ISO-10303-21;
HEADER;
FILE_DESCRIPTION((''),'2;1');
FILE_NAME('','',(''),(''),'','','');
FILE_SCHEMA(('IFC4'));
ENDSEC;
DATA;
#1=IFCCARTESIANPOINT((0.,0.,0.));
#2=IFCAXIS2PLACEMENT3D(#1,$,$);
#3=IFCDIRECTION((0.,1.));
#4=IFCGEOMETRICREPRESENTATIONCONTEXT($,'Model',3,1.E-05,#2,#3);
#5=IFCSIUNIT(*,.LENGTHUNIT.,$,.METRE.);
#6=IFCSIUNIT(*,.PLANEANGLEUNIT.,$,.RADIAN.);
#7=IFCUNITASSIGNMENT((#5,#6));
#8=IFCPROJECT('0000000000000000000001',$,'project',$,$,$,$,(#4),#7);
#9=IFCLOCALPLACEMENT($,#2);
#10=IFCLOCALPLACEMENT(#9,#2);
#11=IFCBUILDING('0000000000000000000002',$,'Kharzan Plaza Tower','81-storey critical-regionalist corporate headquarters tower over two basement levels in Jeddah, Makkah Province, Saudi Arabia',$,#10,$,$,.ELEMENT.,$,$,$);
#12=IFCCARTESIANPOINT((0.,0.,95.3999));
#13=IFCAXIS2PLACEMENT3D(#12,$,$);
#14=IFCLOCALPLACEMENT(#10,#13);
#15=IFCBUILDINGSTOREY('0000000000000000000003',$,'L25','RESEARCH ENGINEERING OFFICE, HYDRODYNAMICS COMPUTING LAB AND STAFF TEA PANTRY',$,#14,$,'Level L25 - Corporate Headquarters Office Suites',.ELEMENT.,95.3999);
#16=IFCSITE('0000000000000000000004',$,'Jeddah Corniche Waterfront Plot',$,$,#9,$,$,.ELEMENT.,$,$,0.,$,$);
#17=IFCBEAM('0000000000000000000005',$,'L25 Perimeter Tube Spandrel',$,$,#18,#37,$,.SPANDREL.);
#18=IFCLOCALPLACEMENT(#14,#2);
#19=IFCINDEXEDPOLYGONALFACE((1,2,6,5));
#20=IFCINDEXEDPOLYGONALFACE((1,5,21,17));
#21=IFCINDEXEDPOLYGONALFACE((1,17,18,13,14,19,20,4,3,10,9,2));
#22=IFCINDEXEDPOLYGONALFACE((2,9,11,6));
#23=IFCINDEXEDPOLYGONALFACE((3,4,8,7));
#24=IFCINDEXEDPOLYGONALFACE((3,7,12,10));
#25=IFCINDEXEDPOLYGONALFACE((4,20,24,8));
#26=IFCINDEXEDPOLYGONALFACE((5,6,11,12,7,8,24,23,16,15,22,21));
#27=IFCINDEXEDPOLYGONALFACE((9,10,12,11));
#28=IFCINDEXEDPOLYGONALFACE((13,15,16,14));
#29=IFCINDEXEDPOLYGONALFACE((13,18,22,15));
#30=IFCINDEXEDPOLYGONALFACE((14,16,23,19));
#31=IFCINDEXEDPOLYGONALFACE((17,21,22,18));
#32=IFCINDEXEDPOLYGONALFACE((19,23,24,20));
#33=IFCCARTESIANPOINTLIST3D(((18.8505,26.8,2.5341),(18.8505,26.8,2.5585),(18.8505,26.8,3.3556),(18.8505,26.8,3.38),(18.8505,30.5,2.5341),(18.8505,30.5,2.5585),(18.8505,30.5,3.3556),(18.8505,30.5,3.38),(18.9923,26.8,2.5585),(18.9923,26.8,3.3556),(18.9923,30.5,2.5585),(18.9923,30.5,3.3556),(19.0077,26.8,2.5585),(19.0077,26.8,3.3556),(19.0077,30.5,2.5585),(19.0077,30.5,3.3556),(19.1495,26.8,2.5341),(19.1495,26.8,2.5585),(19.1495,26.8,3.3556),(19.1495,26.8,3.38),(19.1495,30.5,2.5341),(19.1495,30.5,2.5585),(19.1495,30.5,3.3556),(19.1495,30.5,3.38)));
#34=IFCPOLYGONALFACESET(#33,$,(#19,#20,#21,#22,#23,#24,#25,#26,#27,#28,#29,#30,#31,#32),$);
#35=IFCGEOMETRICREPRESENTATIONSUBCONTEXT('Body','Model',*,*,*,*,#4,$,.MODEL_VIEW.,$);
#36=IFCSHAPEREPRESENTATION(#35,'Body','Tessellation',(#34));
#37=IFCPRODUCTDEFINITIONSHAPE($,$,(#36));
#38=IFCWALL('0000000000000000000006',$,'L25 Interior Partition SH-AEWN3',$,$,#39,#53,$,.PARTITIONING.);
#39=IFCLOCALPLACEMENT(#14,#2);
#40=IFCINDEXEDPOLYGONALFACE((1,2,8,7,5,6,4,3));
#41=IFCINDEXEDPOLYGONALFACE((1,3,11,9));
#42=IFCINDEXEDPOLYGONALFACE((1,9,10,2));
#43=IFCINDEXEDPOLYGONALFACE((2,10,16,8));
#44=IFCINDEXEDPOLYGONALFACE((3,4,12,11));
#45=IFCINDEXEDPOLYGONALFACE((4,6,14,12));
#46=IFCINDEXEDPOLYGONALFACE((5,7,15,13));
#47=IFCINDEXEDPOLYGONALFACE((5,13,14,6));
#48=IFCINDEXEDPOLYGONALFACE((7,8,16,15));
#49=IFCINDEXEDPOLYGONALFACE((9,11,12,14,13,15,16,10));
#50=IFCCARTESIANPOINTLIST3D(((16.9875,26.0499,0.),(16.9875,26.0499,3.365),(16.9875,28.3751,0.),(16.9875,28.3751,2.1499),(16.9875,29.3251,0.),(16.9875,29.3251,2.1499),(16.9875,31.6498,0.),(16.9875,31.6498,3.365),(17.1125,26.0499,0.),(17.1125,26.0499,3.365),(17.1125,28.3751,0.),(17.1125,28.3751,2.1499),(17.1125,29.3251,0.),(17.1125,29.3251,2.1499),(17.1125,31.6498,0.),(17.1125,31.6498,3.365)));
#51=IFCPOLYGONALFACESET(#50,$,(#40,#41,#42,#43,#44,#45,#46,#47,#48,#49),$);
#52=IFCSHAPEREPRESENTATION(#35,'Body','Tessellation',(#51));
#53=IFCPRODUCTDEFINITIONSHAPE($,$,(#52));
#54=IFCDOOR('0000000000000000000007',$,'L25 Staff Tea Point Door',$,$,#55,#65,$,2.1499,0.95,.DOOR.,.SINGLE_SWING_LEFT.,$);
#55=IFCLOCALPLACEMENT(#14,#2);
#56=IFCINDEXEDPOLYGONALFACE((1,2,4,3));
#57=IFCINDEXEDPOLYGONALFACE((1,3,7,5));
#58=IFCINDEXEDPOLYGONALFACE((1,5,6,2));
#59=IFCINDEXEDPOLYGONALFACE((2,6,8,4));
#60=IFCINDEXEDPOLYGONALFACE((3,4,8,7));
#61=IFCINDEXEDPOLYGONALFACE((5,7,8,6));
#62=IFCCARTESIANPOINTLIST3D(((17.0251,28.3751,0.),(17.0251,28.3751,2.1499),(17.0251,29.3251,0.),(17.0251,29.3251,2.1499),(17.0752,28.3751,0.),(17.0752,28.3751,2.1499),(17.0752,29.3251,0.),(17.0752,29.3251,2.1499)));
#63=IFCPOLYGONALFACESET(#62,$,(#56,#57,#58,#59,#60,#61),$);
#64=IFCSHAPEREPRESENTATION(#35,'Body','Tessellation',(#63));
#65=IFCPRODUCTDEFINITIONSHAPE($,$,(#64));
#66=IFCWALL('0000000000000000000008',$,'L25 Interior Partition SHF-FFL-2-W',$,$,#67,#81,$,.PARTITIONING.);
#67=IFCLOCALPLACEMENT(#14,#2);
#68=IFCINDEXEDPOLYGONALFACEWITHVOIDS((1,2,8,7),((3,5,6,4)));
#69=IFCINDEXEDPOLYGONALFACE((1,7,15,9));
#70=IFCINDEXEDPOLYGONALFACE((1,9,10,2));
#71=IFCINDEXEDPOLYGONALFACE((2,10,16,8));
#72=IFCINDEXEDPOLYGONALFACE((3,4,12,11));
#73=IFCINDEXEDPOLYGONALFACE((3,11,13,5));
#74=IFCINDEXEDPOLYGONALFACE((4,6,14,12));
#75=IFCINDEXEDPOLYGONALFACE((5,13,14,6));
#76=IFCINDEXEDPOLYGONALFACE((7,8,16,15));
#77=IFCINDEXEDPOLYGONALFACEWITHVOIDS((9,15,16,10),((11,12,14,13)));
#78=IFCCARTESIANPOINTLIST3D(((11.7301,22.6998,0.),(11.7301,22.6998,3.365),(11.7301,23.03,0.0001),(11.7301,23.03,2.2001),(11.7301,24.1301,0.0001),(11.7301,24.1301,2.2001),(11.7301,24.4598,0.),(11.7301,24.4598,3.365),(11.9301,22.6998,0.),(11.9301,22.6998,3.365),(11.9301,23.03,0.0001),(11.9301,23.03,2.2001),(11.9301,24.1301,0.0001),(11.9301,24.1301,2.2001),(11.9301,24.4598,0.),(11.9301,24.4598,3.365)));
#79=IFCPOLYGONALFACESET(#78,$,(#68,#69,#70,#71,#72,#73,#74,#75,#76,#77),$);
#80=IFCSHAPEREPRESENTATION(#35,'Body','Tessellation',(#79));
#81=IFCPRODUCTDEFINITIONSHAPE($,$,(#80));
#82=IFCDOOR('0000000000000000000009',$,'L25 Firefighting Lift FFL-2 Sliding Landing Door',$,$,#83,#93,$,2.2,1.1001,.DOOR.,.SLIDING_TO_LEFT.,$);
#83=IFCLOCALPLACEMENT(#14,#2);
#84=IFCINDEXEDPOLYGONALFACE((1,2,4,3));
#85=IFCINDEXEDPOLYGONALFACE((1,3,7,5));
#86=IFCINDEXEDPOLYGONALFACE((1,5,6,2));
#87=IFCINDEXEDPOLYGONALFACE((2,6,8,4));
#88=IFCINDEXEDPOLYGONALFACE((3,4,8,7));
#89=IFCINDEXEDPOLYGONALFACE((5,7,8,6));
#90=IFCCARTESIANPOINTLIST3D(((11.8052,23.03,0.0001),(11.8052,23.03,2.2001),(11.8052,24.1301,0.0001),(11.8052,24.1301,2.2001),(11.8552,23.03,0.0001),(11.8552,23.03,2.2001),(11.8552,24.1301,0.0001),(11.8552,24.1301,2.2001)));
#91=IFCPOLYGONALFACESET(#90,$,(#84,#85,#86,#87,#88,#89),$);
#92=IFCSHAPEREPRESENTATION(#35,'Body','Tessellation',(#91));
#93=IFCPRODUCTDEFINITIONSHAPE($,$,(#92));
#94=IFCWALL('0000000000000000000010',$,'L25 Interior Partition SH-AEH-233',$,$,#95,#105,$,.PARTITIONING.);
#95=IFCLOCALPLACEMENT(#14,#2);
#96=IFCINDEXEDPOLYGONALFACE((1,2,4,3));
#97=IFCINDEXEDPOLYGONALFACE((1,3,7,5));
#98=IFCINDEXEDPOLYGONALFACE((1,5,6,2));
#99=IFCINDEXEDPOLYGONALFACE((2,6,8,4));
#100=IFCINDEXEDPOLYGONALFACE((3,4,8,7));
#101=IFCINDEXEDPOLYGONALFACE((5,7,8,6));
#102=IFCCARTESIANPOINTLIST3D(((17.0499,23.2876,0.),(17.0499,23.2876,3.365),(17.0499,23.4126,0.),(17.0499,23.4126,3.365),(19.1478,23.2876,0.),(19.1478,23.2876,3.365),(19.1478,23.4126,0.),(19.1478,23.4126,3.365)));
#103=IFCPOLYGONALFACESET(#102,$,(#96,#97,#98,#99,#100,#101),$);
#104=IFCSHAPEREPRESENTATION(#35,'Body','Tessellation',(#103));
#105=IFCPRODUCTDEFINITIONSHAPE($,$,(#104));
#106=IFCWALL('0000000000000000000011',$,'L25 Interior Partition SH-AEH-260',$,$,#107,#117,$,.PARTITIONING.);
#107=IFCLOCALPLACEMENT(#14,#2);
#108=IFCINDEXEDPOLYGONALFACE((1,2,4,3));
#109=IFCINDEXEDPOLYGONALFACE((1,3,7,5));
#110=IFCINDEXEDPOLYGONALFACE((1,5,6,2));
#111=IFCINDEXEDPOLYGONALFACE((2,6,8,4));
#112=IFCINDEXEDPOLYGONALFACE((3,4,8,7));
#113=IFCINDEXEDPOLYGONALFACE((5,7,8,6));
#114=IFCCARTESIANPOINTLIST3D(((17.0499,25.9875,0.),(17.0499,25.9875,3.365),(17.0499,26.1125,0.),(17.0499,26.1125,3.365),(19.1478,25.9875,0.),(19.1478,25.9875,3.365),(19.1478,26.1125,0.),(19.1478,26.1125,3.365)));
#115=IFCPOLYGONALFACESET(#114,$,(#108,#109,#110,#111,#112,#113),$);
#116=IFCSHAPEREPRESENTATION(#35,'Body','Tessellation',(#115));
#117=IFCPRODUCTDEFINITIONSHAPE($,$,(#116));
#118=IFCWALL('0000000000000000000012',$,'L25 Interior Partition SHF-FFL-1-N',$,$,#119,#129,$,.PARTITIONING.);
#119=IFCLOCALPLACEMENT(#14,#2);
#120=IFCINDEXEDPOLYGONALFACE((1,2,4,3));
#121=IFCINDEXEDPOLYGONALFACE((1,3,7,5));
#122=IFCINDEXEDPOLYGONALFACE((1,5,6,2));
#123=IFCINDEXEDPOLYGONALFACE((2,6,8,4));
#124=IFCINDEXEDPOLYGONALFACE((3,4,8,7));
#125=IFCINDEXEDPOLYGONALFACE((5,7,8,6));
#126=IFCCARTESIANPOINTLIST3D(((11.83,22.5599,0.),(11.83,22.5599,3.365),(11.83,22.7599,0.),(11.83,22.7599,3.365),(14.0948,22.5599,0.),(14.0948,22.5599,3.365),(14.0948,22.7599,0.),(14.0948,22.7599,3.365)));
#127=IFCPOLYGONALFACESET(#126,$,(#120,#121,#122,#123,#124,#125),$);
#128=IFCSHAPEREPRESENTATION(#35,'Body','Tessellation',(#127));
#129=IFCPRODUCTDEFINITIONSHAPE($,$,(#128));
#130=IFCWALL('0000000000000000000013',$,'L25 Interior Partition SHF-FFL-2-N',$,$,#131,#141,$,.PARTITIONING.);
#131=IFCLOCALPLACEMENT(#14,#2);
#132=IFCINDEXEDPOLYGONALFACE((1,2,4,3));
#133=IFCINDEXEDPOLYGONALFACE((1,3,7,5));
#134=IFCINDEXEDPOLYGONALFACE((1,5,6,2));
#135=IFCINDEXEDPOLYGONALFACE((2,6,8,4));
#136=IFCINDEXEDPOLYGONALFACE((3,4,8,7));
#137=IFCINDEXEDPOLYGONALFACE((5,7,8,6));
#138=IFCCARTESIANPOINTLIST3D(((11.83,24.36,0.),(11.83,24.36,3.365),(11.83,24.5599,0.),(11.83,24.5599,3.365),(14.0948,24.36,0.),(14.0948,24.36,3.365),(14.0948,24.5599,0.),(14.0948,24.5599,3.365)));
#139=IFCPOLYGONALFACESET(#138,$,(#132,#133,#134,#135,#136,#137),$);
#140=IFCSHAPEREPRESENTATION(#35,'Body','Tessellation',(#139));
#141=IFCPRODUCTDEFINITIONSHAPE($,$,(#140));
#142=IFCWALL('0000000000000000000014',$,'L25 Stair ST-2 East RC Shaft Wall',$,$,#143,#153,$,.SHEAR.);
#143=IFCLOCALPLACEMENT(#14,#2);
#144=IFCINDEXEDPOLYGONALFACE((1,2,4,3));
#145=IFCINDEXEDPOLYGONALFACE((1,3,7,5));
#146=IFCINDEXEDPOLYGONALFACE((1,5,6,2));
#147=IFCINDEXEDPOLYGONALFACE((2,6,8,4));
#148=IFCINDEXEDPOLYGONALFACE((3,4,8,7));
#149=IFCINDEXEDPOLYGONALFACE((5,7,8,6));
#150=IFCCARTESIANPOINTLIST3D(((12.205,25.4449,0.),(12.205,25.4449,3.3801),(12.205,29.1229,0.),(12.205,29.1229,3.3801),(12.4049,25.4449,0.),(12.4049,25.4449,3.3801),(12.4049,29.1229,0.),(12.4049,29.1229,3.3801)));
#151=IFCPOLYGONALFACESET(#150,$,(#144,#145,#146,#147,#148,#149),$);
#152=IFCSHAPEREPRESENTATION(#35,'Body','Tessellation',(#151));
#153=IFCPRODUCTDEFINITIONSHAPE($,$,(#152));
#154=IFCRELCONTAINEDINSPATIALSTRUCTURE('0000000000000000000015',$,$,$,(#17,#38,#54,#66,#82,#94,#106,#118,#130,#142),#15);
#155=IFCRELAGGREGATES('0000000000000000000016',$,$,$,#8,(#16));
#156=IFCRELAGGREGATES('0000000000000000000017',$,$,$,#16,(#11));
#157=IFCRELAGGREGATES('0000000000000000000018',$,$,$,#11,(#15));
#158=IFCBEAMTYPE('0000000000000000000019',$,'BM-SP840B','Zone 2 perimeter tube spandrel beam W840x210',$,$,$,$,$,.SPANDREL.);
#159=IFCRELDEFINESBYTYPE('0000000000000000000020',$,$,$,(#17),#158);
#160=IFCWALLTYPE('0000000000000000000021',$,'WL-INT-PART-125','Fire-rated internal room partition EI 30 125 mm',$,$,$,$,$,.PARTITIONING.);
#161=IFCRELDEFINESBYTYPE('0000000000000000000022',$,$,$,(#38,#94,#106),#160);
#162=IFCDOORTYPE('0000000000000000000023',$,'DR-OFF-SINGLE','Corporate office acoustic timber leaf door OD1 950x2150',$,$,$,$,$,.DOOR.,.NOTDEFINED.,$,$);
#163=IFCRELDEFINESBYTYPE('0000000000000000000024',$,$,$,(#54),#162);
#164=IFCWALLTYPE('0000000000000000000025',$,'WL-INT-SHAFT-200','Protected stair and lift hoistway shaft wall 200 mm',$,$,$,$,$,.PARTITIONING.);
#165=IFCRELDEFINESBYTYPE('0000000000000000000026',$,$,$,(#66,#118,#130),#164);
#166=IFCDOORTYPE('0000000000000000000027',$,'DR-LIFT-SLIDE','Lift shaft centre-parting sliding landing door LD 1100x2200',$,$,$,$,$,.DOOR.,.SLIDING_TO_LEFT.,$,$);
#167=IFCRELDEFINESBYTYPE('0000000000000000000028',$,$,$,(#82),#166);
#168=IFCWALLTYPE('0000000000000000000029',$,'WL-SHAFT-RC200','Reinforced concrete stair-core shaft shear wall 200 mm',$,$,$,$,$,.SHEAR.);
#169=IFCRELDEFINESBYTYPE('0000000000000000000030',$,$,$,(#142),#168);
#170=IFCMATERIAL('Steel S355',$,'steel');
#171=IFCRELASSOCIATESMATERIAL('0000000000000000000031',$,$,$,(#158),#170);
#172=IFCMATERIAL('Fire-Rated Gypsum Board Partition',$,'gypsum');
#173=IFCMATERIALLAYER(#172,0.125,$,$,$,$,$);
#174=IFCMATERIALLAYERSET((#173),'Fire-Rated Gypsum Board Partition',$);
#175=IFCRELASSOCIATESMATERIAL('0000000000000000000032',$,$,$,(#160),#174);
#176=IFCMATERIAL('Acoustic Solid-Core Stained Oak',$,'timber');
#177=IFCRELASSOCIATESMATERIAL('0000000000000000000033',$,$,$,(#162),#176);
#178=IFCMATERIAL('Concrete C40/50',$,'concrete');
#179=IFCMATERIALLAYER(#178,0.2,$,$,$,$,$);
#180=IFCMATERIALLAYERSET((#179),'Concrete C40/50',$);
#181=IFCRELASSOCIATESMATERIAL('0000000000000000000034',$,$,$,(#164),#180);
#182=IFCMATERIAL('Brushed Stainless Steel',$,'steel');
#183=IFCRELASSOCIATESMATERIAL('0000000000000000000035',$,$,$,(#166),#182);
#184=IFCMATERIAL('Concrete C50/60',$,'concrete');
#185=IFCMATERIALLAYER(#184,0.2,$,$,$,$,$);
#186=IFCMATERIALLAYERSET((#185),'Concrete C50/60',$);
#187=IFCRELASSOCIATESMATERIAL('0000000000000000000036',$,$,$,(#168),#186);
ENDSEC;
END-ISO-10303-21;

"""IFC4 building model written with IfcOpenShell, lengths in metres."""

from ifc_helpers import new_model, si_unit, direction, frame, frame_2d, origin, origin_2d, place, context, subcontext, project, spatial, rectangle, i_section, extrude, source, transform, mapped, material, layer, layer_set, material_profile, profile_set, type_object, element, fill, save


model = new_model("IFC4")

# Units and contexts
model_context = context("Model", 3, precision=1e-05, world=origin(), true_north=direction((0.0, 1.0)))
body_context = subcontext(model_context, "Body", "Model", "MODEL_VIEW")
ifc_project = project(units=[si_unit("LENGTHUNIT", "METRE"), si_unit("PLANEANGLEUNIT", "RADIAN")], contexts=[model_context])

# Site, building, storey
site_placement = place(None, origin())
site = spatial("IfcSite", under=ifc_project, at=site_placement, Name="Jeddah Corniche Waterfront Plot", CompositionType="ELEMENT", RefElevation=0.0)
building_placement = place(site_placement, origin())
building = spatial("IfcBuilding", under=site, at=building_placement, Name="Kharzan Plaza Tower", Description="81-storey critical-regionalist corporate headquarters tower over two basement levels in Jeddah, Makkah Province, Saudi Arabia", CompositionType="ELEMENT")
storey_placement = place(building_placement, frame((0.0, 0.0, 95.3999)))
storey = spatial("IfcBuildingStorey", under=building, at=storey_placement, Name="L25", Description="RESEARCH ENGINEERING OFFICE, HYDRODYNAMICS COMPUTING LAB AND STAFF TEA PANTRY", LongName="Level L25 - Corporate Headquarters Office Suites", CompositionType="ELEMENT", Elevation=95.3999)

# Beam
ifc_material_1 = material(Name="Steel S355", Category="steel")
ifc_material_profile_1 = material_profile(ifc_material_1, i_section(OverallWidth=0.2991, OverallDepth=0.8459, WebThickness=0.0154, FlangeThickness=0.0244, at=origin_2d()), Name="W840x210")
ifc_profile_set_1 = profile_set([ifc_material_profile_1], Name="Steel S355")
beam_type_1 = type_object("IfcBeamType", Name="BM-SP840B", Description="Zone 2 perimeter tube spandrel beam W840x210", PredefinedType="SPANDREL", material=ifc_profile_set_1)
shared_shape_1 = source(origin(), body_context, "Body", "SweptSolid", [
    extrude(i_section(OverallWidth=0.2991, OverallDepth=0.8459, WebThickness=0.0154, FlangeThickness=0.0244, at=origin_2d()), origin(), (0.0, 0.0, 1.0), 3.7),
])
beam_1_placement = place(storey_placement, frame((19.0, 26.8, 2.957), z_axis=(0.0, 1.0, 0.0), x_axis=(-1.0, 0.0, 0.0)))
element("IfcBeam", 1, at=beam_1_placement, inside=storey, type_object=beam_type_1, Name="L25 Perimeter Tube Spandrel", PredefinedType="SPANDREL", context=body_context, shape_type="MappedRepresentation", body=[
    mapped(shared_shape_1, transform((0.0, 0.0, 0.0), x_axis=(1.0, 0.0, 0.0), y_axis=(0.0, 1.0, 0.0), z_axis=(0.0, 0.0, 1.0))),
])

# Walls, openings, doors
ifc_material_2 = material(Name="Concrete C40/50", Category="concrete")
ifc_material_3 = material(Name="Fire-Rated Gypsum Board Partition", Category="gypsum")
ifc_layer_1 = layer(ifc_material_3, 0.125)
ifc_layer_set_1 = layer_set([ifc_layer_1], Name="Fire-Rated Gypsum Board Partition")
wall_type_1 = type_object("IfcWallType", Name="WL-INT-PART-125", Description="Fire-rated internal room partition EI 30 125 mm", PredefinedType="PARTITIONING", material=ifc_layer_set_1)
wall_1_placement = place(storey_placement, frame((17.05, 26.05, 0.0), z_axis=(0.0, 0.0, 1.0), x_axis=(0.0, 1.0, 0.0)))
wall_1 = element("IfcWall", 2, at=wall_1_placement, inside=storey, type_object=wall_type_1, Name="L25 Interior Partition SH-AEWN3", PredefinedType="PARTITIONING", context=body_context, shape_type="SweptSolid", body=[
    extrude(rectangle(XDim=5.5999, YDim=0.125, at=frame_2d((2.7998, 0.0))), origin(), (0.0, 0.0, 1.0), 3.365),
])
opening_1_placement = place(wall_1_placement, frame((2.325, 0.0, 0.0)))
opening_1 = element("IfcOpeningElement", 3, at=opening_1_placement, cuts=wall_1, PredefinedType="OPENING", context=body_context, shape_type="SweptSolid", body=[
    extrude(rectangle(XDim=0.95, YDim=2.1499, at=frame_2d((0.4751, 1.075))), frame((0.0, 0.0725, 0.0), z_axis=(0.0, -1.0, 0.0), x_axis=(1.0, 0.0, 0.0)), (0.0, 0.0, 1.0), 0.145),
])
ifc_material_4 = material(Name="Acoustic Solid-Core Stained Oak", Category="timber")
door_type_1 = type_object("IfcDoorType", Name="DR-OFF-SINGLE", Description="Corporate office acoustic timber leaf door OD1 950x2150", OperationType="NOTDEFINED", PredefinedType="DOOR", material=ifc_material_4)
shared_shape_2 = source(origin(), body_context, "Body", "SweptSolid", [
    extrude(rectangle(XDim=0.95, YDim=2.1499, at=frame_2d((0.4751, 1.075))), frame((0.0, 0.0249, 0.0), z_axis=(0.0, -1.0, 0.0), x_axis=(1.0, 0.0, 0.0)), (0.0, 0.0, 1.0), 0.05),
])
door_1_placement = place(opening_1_placement, origin())
door_1 = element("IfcDoor", 4, at=door_1_placement, inside=storey, type_object=door_type_1, Name="L25 Staff Tea Point Door", OperationType="SINGLE_SWING_LEFT", OverallHeight=2.1499, OverallWidth=0.95, PredefinedType="DOOR", context=body_context, shape_type="MappedRepresentation", body=[
    mapped(shared_shape_2, transform((0.0, 0.0, 0.0), x_axis=(1.0, 0.0, 0.0), y_axis=(0.0, 1.0, 0.0), z_axis=(0.0, 0.0, 1.0))),
])
fill(opening_1, door_1)
ifc_layer_2 = layer(ifc_material_2, 0.2)
ifc_layer_set_2 = layer_set([ifc_layer_2], Name="Concrete C40/50")
wall_type_2 = type_object("IfcWallType", Name="WL-INT-SHAFT-200", Description="Protected stair and lift hoistway shaft wall 200 mm", PredefinedType="PARTITIONING", material=ifc_layer_set_2)
wall_2_placement = place(storey_placement, frame((11.8301, 22.7, 0.0), z_axis=(0.0, 0.0, 1.0), x_axis=(0.0, 1.0, 0.0)))
wall_2 = element("IfcWall", 5, at=wall_2_placement, inside=storey, type_object=wall_type_2, Name="L25 Interior Partition SHF-FFL-2-W", PredefinedType="PARTITIONING", context=body_context, shape_type="SweptSolid", body=[
    extrude(rectangle(XDim=1.76, YDim=0.2, at=frame_2d((0.8799, 0.0))), origin(), (0.0, 0.0, 1.0), 3.365),
])
opening_2_placement = place(wall_2_placement, frame((0.3301, 0.0, 0.0)))
opening_2 = element("IfcOpeningElement", 6, at=opening_2_placement, cuts=wall_2, PredefinedType="OPENING", context=body_context, shape_type="SweptSolid", body=[
    extrude(rectangle(XDim=1.1001, YDim=2.2, at=frame_2d((0.55, 1.1001))), frame((0.0, 0.1099, 0.0), z_axis=(0.0, -1.0, 0.0), x_axis=(1.0, 0.0, 0.0)), (0.0, 0.0, 1.0), 0.22),
])
ifc_material_5 = material(Name="Brushed Stainless Steel", Category="steel")
door_type_2 = type_object("IfcDoorType", Name="DR-LIFT-SLIDE", Description="Lift shaft centre-parting sliding landing door LD 1100x2200", OperationType="SLIDING_TO_LEFT", PredefinedType="DOOR", material=ifc_material_5)
shared_shape_3 = source(origin(), body_context, "Body", "SweptSolid", [
    extrude(rectangle(XDim=1.1001, YDim=2.2, at=frame_2d((0.55, 1.1001))), frame((0.0, 0.0249, 0.0), z_axis=(0.0, -1.0, 0.0), x_axis=(1.0, 0.0, 0.0)), (0.0, 0.0, 1.0), 0.05),
])
door_2_placement = place(opening_2_placement, origin())
door_2 = element("IfcDoor", 7, at=door_2_placement, inside=storey, type_object=door_type_2, Name="L25 Firefighting Lift FFL-2 Sliding Landing Door", OperationType="SLIDING_TO_LEFT", OverallHeight=2.2, OverallWidth=1.1001, PredefinedType="DOOR", context=body_context, shape_type="MappedRepresentation", body=[
    mapped(shared_shape_3, transform((0.0, 0.0, 0.0), x_axis=(1.0, 0.0, 0.0), y_axis=(0.0, 1.0, 0.0), z_axis=(0.0, 0.0, 1.0))),
])
fill(opening_2, door_2)

# Walls
shared_shape_4 = source(origin(), body_context, "Body", "SweptSolid", [
    extrude(rectangle(XDim=2.0979, YDim=0.125, at=frame_2d((1.0488, 0.0))), origin(), (0.0, 0.0, 1.0), 3.365),
])
for number, where, z_axis, x_axis, name in (
    (8, (17.05, 23.3501, 0.0), (0.0, 0.0, 1.0), (1.0, 0.0, 0.0), "L25 Interior Partition SH-AEH-233"),
    (9, (17.05, 26.05, 0.0), (0.0, 0.0, 1.0), (1.0, 0.0, 0.0), "L25 Interior Partition SH-AEH-260"),
):
    element("IfcWall", number, at=place(storey_placement, frame(where, z_axis=z_axis, x_axis=x_axis)), inside=storey, type_object=wall_type_1, Name=name, PredefinedType="PARTITIONING", context=body_context, shape_type="MappedRepresentation", body=[
        mapped(shared_shape_4, transform((0.0, 0.0, 0.0), x_axis=(1.0, 0.0, 0.0), y_axis=(0.0, 1.0, 0.0), z_axis=(0.0, 0.0, 1.0))),
    ])
shared_shape_5 = source(origin(), body_context, "Body", "SweptSolid", [
    extrude(rectangle(XDim=2.2649, YDim=0.2, at=frame_2d((1.1323, 0.0))), origin(), (0.0, 0.0, 1.0), 3.365),
])
for number, where, z_axis, x_axis, name in (
    (10, (11.8301, 22.6599, 0.0), (0.0, 0.0, 1.0), (1.0, 0.0, 0.0), "L25 Interior Partition SHF-FFL-1-N"),
    (11, (11.8301, 24.46, 0.0), (0.0, 0.0, 1.0), (1.0, 0.0, 0.0), "L25 Interior Partition SHF-FFL-2-N"),
):
    element("IfcWall", number, at=place(storey_placement, frame(where, z_axis=z_axis, x_axis=x_axis)), inside=storey, type_object=wall_type_2, Name=name, PredefinedType="PARTITIONING", context=body_context, shape_type="MappedRepresentation", body=[
        mapped(shared_shape_5, transform((0.0, 0.0, 0.0), x_axis=(1.0, 0.0, 0.0), y_axis=(0.0, 1.0, 0.0), z_axis=(0.0, 0.0, 1.0))),
    ])
ifc_material_6 = material(Name="Concrete C50/60", Category="concrete")
ifc_layer_3 = layer(ifc_material_6, 0.2)
ifc_layer_set_3 = layer_set([ifc_layer_3], Name="Concrete C50/60")
wall_type_3 = type_object("IfcWallType", Name="WL-SHAFT-RC200", Description="Reinforced concrete stair-core shaft shear wall 200 mm", PredefinedType="SHEAR", material=ifc_layer_set_3)
shared_shape_6 = source(origin(), body_context, "Body", "SweptSolid", [
    extrude(rectangle(XDim=3.678, YDim=0.2, at=frame_2d((1.8389, 0.0))), origin(), (0.0, 0.0, 1.0), 3.3801),
])
wall_3_placement = place(storey_placement, frame((12.3049, 25.4451, 0.0), z_axis=(0.0, 0.0, 1.0), x_axis=(0.0, 1.0, 0.0)))
element("IfcWall", 12, at=wall_3_placement, inside=storey, type_object=wall_type_3, Name="L25 Stair ST-2 East RC Shaft Wall", PredefinedType="SHEAR", context=body_context, shape_type="MappedRepresentation", body=[
    mapped(shared_shape_6, transform((0.0, 0.0, 0.0), x_axis=(1.0, 0.0, 0.0), y_axis=(0.0, 1.0, 0.0), z_axis=(0.0, 0.0, 1.0))),
])

save(model, "model.ifc")
